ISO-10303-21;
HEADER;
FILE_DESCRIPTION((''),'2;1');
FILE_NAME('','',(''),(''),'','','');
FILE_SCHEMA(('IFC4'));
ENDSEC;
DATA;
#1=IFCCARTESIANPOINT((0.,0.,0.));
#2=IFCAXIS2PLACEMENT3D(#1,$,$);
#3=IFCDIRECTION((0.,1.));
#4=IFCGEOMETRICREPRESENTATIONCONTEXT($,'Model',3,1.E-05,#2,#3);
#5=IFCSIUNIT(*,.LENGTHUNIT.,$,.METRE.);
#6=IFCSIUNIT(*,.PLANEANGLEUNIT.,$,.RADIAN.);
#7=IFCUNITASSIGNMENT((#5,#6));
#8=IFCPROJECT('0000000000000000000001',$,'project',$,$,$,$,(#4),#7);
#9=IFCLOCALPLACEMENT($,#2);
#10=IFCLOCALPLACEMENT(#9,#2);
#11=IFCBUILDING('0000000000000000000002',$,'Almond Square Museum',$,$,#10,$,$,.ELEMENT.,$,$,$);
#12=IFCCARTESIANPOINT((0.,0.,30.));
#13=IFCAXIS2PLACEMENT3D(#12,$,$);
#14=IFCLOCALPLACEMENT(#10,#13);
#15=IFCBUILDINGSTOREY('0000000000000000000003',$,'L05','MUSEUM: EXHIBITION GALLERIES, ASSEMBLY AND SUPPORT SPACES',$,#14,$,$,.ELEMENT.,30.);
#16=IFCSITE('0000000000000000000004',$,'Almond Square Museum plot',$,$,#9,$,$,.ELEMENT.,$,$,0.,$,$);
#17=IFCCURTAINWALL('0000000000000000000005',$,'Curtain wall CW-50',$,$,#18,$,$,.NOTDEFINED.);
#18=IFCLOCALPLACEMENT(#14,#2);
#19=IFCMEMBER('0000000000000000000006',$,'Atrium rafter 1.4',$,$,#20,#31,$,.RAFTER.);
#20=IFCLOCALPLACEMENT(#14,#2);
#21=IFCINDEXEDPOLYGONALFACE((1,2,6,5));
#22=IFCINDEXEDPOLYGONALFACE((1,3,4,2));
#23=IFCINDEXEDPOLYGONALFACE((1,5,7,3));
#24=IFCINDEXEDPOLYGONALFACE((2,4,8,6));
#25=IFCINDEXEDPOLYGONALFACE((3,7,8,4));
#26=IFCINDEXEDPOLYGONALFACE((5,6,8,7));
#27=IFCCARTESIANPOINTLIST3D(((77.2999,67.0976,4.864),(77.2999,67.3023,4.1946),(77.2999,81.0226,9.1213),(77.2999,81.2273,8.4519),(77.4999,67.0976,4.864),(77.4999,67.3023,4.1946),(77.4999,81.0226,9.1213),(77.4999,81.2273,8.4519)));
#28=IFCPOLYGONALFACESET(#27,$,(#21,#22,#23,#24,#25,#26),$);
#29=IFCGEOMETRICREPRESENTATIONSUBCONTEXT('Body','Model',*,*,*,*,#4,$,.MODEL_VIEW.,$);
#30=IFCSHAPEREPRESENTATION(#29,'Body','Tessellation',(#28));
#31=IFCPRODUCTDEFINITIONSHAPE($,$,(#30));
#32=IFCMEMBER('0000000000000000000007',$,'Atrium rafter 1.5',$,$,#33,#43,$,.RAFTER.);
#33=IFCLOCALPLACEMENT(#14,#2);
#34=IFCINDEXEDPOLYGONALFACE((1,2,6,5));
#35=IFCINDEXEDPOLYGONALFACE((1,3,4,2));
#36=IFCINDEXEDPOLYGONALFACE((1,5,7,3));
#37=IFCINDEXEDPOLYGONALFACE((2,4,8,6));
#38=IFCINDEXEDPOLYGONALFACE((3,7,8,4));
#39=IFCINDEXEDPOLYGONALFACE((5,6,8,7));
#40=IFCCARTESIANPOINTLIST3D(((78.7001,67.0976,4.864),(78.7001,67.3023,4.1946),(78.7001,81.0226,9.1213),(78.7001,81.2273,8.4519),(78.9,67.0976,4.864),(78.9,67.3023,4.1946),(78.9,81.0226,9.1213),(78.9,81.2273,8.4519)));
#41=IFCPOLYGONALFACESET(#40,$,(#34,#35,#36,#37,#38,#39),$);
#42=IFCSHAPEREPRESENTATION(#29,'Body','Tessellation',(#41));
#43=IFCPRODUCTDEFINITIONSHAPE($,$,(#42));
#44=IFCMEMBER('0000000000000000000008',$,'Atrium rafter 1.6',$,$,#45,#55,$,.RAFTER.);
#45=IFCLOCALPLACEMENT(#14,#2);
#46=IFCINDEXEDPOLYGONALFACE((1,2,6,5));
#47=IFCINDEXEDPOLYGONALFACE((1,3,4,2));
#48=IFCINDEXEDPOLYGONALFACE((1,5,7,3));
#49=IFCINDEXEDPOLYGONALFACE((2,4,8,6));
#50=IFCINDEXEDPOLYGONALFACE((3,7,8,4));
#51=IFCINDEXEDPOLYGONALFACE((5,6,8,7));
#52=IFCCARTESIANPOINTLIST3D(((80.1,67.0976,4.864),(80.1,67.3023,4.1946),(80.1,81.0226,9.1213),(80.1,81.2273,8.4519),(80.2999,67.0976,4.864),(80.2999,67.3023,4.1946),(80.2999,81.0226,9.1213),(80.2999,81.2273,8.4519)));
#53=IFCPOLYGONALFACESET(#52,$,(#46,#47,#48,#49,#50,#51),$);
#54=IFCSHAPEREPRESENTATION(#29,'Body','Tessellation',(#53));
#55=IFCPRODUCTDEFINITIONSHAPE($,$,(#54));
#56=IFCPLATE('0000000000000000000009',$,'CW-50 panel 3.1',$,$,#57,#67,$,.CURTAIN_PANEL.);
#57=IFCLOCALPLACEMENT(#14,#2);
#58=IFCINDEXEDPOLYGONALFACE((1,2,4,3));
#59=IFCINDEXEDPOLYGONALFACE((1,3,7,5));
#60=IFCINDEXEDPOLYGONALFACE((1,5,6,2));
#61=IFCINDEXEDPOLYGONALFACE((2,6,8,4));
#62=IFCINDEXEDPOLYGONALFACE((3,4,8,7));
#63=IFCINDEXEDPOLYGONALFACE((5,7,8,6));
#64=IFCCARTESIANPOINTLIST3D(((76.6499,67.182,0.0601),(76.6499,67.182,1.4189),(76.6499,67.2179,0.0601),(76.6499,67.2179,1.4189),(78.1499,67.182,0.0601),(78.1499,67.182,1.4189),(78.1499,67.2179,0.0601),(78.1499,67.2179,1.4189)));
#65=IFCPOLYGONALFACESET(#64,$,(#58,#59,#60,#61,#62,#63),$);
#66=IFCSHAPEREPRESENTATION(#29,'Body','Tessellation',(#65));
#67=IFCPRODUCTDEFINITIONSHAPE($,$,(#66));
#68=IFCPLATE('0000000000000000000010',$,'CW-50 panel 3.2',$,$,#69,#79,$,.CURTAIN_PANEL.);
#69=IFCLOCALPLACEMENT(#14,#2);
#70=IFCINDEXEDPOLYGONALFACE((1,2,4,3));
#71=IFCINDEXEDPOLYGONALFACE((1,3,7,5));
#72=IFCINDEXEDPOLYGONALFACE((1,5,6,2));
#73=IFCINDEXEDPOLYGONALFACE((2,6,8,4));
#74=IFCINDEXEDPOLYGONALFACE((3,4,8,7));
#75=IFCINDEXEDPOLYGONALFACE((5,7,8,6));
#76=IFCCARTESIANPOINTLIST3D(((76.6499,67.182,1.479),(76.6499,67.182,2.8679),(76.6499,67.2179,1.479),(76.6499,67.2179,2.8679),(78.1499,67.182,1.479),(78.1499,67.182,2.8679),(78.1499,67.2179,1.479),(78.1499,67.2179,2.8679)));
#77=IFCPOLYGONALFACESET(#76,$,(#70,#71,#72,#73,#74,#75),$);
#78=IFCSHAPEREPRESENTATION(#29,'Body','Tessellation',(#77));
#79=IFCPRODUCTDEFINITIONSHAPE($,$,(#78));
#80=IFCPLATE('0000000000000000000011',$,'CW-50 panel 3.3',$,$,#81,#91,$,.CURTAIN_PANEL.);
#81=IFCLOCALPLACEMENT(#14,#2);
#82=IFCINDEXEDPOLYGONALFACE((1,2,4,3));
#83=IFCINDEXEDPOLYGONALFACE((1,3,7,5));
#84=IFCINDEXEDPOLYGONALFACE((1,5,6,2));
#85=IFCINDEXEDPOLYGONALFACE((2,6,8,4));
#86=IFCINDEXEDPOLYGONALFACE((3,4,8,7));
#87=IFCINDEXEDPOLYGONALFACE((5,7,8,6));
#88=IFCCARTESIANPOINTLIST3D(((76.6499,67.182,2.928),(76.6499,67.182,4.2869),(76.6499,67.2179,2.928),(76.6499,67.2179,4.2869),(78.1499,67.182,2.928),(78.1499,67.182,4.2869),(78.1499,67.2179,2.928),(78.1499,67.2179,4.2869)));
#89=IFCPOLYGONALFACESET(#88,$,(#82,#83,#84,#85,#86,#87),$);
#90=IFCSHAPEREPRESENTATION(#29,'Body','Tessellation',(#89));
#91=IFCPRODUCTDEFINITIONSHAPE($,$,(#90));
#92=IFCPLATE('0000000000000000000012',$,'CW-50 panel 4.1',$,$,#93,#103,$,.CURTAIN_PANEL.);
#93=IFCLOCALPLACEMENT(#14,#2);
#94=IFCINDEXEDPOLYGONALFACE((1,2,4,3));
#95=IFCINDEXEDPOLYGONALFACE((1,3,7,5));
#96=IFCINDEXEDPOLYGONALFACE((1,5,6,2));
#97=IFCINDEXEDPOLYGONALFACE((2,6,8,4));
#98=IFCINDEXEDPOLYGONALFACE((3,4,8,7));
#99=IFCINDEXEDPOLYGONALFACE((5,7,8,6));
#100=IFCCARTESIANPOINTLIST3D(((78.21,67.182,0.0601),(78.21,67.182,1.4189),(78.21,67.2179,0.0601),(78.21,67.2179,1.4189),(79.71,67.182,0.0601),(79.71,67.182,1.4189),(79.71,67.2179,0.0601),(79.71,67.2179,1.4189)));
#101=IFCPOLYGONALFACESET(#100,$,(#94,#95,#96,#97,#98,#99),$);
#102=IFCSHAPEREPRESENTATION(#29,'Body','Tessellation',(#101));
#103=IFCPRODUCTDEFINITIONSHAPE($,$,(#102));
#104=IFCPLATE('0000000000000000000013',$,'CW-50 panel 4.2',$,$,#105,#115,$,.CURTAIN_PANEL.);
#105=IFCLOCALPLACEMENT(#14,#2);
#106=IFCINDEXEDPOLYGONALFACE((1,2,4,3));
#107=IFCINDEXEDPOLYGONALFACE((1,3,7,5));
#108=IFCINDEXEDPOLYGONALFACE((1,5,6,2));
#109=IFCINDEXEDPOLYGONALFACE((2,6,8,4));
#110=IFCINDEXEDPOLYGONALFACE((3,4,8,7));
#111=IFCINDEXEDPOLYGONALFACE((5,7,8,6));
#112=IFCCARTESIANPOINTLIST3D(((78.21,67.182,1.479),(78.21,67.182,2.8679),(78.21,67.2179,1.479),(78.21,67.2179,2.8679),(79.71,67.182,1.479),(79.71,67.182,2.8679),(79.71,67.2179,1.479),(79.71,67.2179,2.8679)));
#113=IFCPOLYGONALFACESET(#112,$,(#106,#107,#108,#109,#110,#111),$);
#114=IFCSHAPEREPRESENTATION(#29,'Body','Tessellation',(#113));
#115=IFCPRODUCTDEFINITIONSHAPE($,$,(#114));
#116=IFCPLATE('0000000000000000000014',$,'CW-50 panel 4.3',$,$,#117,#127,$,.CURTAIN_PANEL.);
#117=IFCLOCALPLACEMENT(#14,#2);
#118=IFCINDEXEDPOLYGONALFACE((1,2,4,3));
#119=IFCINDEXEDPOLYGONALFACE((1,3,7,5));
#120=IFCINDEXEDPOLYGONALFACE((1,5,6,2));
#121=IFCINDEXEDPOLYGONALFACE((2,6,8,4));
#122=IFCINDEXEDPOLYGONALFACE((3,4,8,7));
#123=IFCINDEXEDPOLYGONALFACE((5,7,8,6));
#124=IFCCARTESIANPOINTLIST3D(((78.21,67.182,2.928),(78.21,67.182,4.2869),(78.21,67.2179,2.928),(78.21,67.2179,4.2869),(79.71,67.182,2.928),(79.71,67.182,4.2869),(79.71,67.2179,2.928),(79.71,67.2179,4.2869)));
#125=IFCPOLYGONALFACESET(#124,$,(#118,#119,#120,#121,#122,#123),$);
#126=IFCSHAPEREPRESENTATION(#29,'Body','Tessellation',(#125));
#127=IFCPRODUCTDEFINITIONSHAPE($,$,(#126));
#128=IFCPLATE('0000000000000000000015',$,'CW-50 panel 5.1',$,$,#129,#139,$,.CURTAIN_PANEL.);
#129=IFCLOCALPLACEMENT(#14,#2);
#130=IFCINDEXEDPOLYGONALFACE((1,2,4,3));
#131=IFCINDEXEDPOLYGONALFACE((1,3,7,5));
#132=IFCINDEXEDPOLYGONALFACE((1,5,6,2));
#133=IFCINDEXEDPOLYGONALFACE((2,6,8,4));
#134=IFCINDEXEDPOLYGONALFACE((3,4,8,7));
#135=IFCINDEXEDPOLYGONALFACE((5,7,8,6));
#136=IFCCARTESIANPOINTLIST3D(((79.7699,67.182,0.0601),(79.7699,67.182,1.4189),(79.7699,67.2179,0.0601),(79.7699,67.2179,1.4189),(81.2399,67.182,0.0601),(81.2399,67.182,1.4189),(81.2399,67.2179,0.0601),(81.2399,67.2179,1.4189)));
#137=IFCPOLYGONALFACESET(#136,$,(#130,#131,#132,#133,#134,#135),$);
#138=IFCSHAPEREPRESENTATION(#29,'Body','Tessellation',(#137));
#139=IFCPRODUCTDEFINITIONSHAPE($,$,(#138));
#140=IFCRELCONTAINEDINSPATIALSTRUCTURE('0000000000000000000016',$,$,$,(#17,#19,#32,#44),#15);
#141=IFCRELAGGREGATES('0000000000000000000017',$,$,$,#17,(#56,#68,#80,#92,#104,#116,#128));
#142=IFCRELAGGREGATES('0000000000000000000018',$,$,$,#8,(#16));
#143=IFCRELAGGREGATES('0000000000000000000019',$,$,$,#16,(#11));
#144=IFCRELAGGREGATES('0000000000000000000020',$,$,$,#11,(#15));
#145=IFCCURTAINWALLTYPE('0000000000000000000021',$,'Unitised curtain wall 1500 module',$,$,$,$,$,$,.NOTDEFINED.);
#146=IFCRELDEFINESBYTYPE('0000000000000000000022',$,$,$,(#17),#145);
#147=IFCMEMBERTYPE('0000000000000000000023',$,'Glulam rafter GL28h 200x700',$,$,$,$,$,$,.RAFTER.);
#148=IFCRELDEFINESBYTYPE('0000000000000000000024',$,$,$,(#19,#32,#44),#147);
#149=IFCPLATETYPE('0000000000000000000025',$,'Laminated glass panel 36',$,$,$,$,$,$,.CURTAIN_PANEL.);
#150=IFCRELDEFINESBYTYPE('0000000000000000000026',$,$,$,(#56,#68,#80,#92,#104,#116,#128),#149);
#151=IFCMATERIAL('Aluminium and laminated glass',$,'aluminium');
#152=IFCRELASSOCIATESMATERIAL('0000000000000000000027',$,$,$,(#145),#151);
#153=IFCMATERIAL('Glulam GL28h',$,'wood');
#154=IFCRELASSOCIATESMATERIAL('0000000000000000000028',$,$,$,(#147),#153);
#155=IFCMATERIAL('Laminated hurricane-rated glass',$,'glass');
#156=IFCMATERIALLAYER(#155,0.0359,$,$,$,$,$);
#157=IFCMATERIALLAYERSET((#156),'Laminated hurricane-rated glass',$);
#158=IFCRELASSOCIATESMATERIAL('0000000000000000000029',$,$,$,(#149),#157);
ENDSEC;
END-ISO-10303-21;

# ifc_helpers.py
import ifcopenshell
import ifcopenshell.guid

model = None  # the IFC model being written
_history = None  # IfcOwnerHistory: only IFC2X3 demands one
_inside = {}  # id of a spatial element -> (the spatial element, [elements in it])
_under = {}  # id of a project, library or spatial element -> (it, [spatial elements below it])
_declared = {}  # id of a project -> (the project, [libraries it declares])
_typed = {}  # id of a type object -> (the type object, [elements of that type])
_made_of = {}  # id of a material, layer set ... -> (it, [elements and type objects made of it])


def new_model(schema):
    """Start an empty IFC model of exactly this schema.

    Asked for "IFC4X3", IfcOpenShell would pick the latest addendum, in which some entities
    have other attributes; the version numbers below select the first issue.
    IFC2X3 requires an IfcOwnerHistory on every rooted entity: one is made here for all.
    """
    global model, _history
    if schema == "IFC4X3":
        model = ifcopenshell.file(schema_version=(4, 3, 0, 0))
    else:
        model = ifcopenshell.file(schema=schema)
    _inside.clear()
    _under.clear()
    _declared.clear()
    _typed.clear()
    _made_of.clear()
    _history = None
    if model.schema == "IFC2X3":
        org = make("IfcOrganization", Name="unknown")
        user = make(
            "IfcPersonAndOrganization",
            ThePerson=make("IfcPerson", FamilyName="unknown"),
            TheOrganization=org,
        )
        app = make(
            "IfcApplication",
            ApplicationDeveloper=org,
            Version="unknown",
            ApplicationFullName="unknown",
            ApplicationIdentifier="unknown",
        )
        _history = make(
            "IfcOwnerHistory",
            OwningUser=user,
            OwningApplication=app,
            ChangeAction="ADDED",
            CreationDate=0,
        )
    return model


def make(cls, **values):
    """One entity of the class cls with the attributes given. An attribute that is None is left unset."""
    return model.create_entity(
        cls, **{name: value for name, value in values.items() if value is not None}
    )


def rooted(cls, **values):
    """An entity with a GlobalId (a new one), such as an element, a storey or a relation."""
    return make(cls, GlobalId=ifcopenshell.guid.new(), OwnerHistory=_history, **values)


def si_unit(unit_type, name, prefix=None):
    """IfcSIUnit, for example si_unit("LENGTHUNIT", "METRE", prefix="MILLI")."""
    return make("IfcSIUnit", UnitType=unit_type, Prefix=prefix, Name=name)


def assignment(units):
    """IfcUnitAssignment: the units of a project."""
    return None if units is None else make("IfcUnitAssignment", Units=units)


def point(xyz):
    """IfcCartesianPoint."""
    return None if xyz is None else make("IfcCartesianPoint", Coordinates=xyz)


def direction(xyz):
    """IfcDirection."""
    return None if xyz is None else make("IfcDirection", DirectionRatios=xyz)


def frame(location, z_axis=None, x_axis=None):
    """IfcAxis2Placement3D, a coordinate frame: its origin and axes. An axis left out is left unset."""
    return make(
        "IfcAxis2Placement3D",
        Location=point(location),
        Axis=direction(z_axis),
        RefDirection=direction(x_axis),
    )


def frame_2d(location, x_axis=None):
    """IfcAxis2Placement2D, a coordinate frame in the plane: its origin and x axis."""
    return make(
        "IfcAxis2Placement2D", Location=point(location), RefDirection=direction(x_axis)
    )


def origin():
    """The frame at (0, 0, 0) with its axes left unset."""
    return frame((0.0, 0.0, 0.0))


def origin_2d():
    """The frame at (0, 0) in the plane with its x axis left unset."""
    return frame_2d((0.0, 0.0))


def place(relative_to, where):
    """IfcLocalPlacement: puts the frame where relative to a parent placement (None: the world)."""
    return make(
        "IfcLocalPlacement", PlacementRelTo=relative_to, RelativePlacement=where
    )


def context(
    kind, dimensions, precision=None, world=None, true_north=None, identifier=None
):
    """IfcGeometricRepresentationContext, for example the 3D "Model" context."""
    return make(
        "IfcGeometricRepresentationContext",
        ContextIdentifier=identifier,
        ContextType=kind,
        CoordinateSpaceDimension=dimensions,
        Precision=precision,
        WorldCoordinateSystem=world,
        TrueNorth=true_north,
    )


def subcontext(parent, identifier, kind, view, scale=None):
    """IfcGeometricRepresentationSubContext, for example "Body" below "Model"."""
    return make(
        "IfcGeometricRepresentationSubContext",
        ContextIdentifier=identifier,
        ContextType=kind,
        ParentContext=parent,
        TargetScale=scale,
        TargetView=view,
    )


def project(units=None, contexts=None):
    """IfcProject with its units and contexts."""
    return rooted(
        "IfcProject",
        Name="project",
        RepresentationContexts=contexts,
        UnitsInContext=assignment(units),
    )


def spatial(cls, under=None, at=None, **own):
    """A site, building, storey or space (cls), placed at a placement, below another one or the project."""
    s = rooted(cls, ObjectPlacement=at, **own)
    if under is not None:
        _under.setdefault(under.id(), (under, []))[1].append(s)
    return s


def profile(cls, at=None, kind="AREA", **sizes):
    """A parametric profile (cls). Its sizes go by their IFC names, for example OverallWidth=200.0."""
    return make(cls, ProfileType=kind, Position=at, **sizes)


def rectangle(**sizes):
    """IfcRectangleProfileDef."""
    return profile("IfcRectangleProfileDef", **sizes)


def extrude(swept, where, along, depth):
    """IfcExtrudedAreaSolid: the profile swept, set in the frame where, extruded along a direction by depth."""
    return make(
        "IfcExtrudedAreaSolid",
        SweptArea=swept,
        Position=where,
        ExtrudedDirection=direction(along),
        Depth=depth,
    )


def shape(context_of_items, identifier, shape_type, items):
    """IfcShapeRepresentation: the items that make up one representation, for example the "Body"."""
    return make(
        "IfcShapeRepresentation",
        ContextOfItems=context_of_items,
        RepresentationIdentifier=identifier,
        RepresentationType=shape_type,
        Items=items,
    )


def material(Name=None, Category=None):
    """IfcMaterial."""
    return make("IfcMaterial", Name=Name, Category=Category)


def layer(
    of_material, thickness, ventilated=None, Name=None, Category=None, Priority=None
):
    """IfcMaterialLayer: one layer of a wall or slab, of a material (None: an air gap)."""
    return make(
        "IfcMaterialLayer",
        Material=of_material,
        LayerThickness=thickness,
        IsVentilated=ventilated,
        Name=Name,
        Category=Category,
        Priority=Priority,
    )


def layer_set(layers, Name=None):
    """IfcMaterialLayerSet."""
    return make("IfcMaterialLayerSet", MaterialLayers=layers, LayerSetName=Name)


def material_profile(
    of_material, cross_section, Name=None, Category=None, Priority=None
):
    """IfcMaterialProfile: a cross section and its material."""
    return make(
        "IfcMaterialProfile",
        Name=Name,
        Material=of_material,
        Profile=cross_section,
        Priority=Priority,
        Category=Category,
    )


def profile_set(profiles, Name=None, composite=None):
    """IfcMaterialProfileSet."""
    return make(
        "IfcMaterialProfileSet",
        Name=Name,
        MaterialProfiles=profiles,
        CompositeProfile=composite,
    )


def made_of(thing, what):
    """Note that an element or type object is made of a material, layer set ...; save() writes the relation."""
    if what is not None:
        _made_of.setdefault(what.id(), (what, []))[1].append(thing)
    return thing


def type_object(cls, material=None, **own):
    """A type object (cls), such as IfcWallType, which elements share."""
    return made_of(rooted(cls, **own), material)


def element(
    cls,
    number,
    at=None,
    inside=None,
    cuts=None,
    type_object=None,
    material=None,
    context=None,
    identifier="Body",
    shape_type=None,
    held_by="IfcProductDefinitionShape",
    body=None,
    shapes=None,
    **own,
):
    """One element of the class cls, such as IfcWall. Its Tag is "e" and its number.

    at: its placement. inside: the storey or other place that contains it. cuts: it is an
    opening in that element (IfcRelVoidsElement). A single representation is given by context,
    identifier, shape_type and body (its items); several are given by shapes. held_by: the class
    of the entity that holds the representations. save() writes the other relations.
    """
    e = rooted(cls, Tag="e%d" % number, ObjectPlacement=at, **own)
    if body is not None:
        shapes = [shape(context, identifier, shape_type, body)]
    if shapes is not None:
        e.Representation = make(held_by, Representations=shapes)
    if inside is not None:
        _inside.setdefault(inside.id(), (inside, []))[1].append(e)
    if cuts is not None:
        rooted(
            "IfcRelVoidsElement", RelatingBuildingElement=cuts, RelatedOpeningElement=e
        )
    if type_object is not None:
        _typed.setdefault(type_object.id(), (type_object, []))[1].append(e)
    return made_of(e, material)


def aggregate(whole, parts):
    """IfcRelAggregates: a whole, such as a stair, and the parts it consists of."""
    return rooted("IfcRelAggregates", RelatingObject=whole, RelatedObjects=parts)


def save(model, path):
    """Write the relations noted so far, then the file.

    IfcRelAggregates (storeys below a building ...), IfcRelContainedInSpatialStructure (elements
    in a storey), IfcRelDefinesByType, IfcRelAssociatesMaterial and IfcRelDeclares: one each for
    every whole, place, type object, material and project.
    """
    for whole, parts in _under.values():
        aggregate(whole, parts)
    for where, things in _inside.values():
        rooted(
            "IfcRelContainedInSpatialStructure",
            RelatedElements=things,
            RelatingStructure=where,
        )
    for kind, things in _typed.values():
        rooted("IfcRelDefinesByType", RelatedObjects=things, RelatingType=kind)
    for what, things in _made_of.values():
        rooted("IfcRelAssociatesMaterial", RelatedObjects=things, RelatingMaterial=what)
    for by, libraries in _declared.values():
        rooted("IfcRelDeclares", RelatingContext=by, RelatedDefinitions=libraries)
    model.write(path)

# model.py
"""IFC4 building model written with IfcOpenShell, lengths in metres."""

from ifc_helpers import new_model, si_unit, direction, frame, origin, origin_2d, place, context, subcontext, project, spatial, rectangle, extrude, material, layer, layer_set, material_profile, profile_set, type_object, element, aggregate, save


model = new_model("IFC4")

# Units and contexts
model_context = context("Model", 3, precision=1e-05, world=origin(), true_north=direction((0.0, 1.0)))
body_context = subcontext(model_context, "Body", "Model", "MODEL_VIEW")
ifc_project = project(units=[si_unit("LENGTHUNIT", "METRE"), si_unit("PLANEANGLEUNIT", "RADIAN")], contexts=[model_context])

# Site, building, storey
site_placement = place(None, origin())
site = spatial("IfcSite", under=ifc_project, at=site_placement, Name="Almond Square Museum plot", CompositionType="ELEMENT", RefElevation=0.0)
building_placement = place(site_placement, origin())
building = spatial("IfcBuilding", under=site, at=building_placement, Name="Almond Square Museum", CompositionType="ELEMENT")
storey_placement = place(building_placement, frame((0.0, 0.0, 30.0)))
storey = spatial("IfcBuildingStorey", under=building, at=storey_placement, Name="L05", Description="MUSEUM: EXHIBITION GALLERIES, ASSEMBLY AND SUPPORT SPACES", CompositionType="ELEMENT", Elevation=30.0)

# Curtain wall
ifc_material_1 = material(Name="Aluminium and laminated glass", Category="aluminium")
curtain_wall_type = type_object("IfcCurtainWallType", Name="Unitised curtain wall 1500 module", PredefinedType="NOTDEFINED", material=ifc_material_1)
curtain_wall_placement = place(storey_placement, origin())
curtain_wall = element("IfcCurtainWall", 1, at=curtain_wall_placement, inside=storey, type_object=curtain_wall_type, Name="Curtain wall CW-50", PredefinedType="NOTDEFINED")

# Members
ifc_material_2 = material(Name="Glulam GL28h", Category="wood")
ifc_material_profile_1 = material_profile(ifc_material_2, rectangle(XDim=0.2, YDim=0.7, at=origin_2d()))
ifc_profile_set_1 = profile_set([ifc_material_profile_1], Name="Glulam GL28h")
member_type_1 = type_object("IfcMemberType", Name="Glulam rafter GL28h 200x700", PredefinedType="RAFTER", material=ifc_profile_set_1)
for number, where, z_axis, x_axis, name in (
    (2, (77.3999, 67.2, 4.5293), (0.0, 0.956305, 0.292372), (-1.0, 0.0, 0.0), "Atrium rafter 1.4"),
    (3, (78.8, 67.2, 4.5293), (0.0, 0.956305, 0.292372), (-1.0, 0.0, 0.0), "Atrium rafter 1.5"),
    (4, (80.2, 67.2, 4.5293), (0.0, 0.956305, 0.292372), (-1.0, 0.0, 0.0), "Atrium rafter 1.6"),
):
    element("IfcMember", number, at=place(storey_placement, frame(where, z_axis=z_axis, x_axis=x_axis)), inside=storey, type_object=member_type_1, Name=name, PredefinedType="RAFTER", context=body_context, shape_type="SweptSolid", body=[
        extrude(rectangle(XDim=0.2, YDim=0.7, at=origin_2d()), origin(), (0.0, 0.0, 1.0), 14.5613),
    ])

# Plates
ifc_material_3 = material(Name="Laminated hurricane-rated glass", Category="glass")
ifc_layer = layer(ifc_material_3, 0.0359)
ifc_layer_set = layer_set([ifc_layer], Name="Laminated hurricane-rated glass")
plate_type = type_object("IfcPlateType", Name="Laminated glass panel 36", PredefinedType="CURTAIN_PANEL", material=ifc_layer_set)
plate_1_placement = place(storey_placement, frame((77.3999, 67.2, 0.0601), z_axis=(0.0, 0.0, 1.0), x_axis=(1.0, 0.0, 0.0)))
plate_1 = element("IfcPlate", 5, at=plate_1_placement, type_object=plate_type, Name="CW-50 panel 3.1", PredefinedType="CURTAIN_PANEL", context=body_context, shape_type="SweptSolid", body=[
    extrude(rectangle(XDim=1.5, YDim=0.0359, at=origin_2d()), origin(), (0.0, 0.0, 1.0), 1.3589),
])
plate_2_placement = place(storey_placement, frame((77.3999, 67.2, 1.479), z_axis=(0.0, 0.0, 1.0), x_axis=(1.0, 0.0, 0.0)))
plate_2 = element("IfcPlate", 6, at=plate_2_placement, type_object=plate_type, Name="CW-50 panel 3.2", PredefinedType="CURTAIN_PANEL", context=body_context, shape_type="SweptSolid", body=[
    extrude(rectangle(XDim=1.5, YDim=0.0359, at=origin_2d()), origin(), (0.0, 0.0, 1.0), 1.3889),
])
plate_3_placement = place(storey_placement, frame((77.3999, 67.2, 2.928), z_axis=(0.0, 0.0, 1.0), x_axis=(1.0, 0.0, 0.0)))
plate_3 = element("IfcPlate", 7, at=plate_3_placement, type_object=plate_type, Name="CW-50 panel 3.3", PredefinedType="CURTAIN_PANEL", context=body_context, shape_type="SweptSolid", body=[
    extrude(rectangle(XDim=1.5, YDim=0.0359, at=origin_2d()), origin(), (0.0, 0.0, 1.0), 1.3589),
])
plate_4_placement = place(storey_placement, frame((78.96, 67.2, 0.0601), z_axis=(0.0, 0.0, 1.0), x_axis=(1.0, 0.0, 0.0)))
plate_4 = element("IfcPlate", 8, at=plate_4_placement, type_object=plate_type, Name="CW-50 panel 4.1", PredefinedType="CURTAIN_PANEL", context=body_context, shape_type="SweptSolid", body=[
    extrude(rectangle(XDim=1.5, YDim=0.0359, at=origin_2d()), origin(), (0.0, 0.0, 1.0), 1.3589),
])
plate_5_placement = place(storey_placement, frame((78.96, 67.2, 1.479), z_axis=(0.0, 0.0, 1.0), x_axis=(1.0, 0.0, 0.0)))
plate_5 = element("IfcPlate", 9, at=plate_5_placement, type_object=plate_type, Name="CW-50 panel 4.2", PredefinedType="CURTAIN_PANEL", context=body_context, shape_type="SweptSolid", body=[
    extrude(rectangle(XDim=1.5, YDim=0.0359, at=origin_2d()), origin(), (0.0, 0.0, 1.0), 1.3889),
])
plate_6_placement = place(storey_placement, frame((78.96, 67.2, 2.928), z_axis=(0.0, 0.0, 1.0), x_axis=(1.0, 0.0, 0.0)))
plate_6 = element("IfcPlate", 10, at=plate_6_placement, type_object=plate_type, Name="CW-50 panel 4.3", PredefinedType="CURTAIN_PANEL", context=body_context, shape_type="SweptSolid", body=[
    extrude(rectangle(XDim=1.5, YDim=0.0359, at=origin_2d()), origin(), (0.0, 0.0, 1.0), 1.3589),
])
plate_7_placement = place(storey_placement, frame((80.5049, 67.2, 0.0601), z_axis=(0.0, 0.0, 1.0), x_axis=(1.0, 0.0, 0.0)))
plate_7 = element("IfcPlate", 11, at=plate_7_placement, type_object=plate_type, Name="CW-50 panel 5.1", PredefinedType="CURTAIN_PANEL", context=body_context, shape_type="SweptSolid", body=[
    extrude(rectangle(XDim=1.47, YDim=0.0359, at=origin_2d()), origin(), (0.0, 0.0, 1.0), 1.3589),
])
aggregate(curtain_wall, [plate_1, plate_2, plate_3, plate_4, plate_5, plate_6, plate_7])

save(model, "model.ifc")
